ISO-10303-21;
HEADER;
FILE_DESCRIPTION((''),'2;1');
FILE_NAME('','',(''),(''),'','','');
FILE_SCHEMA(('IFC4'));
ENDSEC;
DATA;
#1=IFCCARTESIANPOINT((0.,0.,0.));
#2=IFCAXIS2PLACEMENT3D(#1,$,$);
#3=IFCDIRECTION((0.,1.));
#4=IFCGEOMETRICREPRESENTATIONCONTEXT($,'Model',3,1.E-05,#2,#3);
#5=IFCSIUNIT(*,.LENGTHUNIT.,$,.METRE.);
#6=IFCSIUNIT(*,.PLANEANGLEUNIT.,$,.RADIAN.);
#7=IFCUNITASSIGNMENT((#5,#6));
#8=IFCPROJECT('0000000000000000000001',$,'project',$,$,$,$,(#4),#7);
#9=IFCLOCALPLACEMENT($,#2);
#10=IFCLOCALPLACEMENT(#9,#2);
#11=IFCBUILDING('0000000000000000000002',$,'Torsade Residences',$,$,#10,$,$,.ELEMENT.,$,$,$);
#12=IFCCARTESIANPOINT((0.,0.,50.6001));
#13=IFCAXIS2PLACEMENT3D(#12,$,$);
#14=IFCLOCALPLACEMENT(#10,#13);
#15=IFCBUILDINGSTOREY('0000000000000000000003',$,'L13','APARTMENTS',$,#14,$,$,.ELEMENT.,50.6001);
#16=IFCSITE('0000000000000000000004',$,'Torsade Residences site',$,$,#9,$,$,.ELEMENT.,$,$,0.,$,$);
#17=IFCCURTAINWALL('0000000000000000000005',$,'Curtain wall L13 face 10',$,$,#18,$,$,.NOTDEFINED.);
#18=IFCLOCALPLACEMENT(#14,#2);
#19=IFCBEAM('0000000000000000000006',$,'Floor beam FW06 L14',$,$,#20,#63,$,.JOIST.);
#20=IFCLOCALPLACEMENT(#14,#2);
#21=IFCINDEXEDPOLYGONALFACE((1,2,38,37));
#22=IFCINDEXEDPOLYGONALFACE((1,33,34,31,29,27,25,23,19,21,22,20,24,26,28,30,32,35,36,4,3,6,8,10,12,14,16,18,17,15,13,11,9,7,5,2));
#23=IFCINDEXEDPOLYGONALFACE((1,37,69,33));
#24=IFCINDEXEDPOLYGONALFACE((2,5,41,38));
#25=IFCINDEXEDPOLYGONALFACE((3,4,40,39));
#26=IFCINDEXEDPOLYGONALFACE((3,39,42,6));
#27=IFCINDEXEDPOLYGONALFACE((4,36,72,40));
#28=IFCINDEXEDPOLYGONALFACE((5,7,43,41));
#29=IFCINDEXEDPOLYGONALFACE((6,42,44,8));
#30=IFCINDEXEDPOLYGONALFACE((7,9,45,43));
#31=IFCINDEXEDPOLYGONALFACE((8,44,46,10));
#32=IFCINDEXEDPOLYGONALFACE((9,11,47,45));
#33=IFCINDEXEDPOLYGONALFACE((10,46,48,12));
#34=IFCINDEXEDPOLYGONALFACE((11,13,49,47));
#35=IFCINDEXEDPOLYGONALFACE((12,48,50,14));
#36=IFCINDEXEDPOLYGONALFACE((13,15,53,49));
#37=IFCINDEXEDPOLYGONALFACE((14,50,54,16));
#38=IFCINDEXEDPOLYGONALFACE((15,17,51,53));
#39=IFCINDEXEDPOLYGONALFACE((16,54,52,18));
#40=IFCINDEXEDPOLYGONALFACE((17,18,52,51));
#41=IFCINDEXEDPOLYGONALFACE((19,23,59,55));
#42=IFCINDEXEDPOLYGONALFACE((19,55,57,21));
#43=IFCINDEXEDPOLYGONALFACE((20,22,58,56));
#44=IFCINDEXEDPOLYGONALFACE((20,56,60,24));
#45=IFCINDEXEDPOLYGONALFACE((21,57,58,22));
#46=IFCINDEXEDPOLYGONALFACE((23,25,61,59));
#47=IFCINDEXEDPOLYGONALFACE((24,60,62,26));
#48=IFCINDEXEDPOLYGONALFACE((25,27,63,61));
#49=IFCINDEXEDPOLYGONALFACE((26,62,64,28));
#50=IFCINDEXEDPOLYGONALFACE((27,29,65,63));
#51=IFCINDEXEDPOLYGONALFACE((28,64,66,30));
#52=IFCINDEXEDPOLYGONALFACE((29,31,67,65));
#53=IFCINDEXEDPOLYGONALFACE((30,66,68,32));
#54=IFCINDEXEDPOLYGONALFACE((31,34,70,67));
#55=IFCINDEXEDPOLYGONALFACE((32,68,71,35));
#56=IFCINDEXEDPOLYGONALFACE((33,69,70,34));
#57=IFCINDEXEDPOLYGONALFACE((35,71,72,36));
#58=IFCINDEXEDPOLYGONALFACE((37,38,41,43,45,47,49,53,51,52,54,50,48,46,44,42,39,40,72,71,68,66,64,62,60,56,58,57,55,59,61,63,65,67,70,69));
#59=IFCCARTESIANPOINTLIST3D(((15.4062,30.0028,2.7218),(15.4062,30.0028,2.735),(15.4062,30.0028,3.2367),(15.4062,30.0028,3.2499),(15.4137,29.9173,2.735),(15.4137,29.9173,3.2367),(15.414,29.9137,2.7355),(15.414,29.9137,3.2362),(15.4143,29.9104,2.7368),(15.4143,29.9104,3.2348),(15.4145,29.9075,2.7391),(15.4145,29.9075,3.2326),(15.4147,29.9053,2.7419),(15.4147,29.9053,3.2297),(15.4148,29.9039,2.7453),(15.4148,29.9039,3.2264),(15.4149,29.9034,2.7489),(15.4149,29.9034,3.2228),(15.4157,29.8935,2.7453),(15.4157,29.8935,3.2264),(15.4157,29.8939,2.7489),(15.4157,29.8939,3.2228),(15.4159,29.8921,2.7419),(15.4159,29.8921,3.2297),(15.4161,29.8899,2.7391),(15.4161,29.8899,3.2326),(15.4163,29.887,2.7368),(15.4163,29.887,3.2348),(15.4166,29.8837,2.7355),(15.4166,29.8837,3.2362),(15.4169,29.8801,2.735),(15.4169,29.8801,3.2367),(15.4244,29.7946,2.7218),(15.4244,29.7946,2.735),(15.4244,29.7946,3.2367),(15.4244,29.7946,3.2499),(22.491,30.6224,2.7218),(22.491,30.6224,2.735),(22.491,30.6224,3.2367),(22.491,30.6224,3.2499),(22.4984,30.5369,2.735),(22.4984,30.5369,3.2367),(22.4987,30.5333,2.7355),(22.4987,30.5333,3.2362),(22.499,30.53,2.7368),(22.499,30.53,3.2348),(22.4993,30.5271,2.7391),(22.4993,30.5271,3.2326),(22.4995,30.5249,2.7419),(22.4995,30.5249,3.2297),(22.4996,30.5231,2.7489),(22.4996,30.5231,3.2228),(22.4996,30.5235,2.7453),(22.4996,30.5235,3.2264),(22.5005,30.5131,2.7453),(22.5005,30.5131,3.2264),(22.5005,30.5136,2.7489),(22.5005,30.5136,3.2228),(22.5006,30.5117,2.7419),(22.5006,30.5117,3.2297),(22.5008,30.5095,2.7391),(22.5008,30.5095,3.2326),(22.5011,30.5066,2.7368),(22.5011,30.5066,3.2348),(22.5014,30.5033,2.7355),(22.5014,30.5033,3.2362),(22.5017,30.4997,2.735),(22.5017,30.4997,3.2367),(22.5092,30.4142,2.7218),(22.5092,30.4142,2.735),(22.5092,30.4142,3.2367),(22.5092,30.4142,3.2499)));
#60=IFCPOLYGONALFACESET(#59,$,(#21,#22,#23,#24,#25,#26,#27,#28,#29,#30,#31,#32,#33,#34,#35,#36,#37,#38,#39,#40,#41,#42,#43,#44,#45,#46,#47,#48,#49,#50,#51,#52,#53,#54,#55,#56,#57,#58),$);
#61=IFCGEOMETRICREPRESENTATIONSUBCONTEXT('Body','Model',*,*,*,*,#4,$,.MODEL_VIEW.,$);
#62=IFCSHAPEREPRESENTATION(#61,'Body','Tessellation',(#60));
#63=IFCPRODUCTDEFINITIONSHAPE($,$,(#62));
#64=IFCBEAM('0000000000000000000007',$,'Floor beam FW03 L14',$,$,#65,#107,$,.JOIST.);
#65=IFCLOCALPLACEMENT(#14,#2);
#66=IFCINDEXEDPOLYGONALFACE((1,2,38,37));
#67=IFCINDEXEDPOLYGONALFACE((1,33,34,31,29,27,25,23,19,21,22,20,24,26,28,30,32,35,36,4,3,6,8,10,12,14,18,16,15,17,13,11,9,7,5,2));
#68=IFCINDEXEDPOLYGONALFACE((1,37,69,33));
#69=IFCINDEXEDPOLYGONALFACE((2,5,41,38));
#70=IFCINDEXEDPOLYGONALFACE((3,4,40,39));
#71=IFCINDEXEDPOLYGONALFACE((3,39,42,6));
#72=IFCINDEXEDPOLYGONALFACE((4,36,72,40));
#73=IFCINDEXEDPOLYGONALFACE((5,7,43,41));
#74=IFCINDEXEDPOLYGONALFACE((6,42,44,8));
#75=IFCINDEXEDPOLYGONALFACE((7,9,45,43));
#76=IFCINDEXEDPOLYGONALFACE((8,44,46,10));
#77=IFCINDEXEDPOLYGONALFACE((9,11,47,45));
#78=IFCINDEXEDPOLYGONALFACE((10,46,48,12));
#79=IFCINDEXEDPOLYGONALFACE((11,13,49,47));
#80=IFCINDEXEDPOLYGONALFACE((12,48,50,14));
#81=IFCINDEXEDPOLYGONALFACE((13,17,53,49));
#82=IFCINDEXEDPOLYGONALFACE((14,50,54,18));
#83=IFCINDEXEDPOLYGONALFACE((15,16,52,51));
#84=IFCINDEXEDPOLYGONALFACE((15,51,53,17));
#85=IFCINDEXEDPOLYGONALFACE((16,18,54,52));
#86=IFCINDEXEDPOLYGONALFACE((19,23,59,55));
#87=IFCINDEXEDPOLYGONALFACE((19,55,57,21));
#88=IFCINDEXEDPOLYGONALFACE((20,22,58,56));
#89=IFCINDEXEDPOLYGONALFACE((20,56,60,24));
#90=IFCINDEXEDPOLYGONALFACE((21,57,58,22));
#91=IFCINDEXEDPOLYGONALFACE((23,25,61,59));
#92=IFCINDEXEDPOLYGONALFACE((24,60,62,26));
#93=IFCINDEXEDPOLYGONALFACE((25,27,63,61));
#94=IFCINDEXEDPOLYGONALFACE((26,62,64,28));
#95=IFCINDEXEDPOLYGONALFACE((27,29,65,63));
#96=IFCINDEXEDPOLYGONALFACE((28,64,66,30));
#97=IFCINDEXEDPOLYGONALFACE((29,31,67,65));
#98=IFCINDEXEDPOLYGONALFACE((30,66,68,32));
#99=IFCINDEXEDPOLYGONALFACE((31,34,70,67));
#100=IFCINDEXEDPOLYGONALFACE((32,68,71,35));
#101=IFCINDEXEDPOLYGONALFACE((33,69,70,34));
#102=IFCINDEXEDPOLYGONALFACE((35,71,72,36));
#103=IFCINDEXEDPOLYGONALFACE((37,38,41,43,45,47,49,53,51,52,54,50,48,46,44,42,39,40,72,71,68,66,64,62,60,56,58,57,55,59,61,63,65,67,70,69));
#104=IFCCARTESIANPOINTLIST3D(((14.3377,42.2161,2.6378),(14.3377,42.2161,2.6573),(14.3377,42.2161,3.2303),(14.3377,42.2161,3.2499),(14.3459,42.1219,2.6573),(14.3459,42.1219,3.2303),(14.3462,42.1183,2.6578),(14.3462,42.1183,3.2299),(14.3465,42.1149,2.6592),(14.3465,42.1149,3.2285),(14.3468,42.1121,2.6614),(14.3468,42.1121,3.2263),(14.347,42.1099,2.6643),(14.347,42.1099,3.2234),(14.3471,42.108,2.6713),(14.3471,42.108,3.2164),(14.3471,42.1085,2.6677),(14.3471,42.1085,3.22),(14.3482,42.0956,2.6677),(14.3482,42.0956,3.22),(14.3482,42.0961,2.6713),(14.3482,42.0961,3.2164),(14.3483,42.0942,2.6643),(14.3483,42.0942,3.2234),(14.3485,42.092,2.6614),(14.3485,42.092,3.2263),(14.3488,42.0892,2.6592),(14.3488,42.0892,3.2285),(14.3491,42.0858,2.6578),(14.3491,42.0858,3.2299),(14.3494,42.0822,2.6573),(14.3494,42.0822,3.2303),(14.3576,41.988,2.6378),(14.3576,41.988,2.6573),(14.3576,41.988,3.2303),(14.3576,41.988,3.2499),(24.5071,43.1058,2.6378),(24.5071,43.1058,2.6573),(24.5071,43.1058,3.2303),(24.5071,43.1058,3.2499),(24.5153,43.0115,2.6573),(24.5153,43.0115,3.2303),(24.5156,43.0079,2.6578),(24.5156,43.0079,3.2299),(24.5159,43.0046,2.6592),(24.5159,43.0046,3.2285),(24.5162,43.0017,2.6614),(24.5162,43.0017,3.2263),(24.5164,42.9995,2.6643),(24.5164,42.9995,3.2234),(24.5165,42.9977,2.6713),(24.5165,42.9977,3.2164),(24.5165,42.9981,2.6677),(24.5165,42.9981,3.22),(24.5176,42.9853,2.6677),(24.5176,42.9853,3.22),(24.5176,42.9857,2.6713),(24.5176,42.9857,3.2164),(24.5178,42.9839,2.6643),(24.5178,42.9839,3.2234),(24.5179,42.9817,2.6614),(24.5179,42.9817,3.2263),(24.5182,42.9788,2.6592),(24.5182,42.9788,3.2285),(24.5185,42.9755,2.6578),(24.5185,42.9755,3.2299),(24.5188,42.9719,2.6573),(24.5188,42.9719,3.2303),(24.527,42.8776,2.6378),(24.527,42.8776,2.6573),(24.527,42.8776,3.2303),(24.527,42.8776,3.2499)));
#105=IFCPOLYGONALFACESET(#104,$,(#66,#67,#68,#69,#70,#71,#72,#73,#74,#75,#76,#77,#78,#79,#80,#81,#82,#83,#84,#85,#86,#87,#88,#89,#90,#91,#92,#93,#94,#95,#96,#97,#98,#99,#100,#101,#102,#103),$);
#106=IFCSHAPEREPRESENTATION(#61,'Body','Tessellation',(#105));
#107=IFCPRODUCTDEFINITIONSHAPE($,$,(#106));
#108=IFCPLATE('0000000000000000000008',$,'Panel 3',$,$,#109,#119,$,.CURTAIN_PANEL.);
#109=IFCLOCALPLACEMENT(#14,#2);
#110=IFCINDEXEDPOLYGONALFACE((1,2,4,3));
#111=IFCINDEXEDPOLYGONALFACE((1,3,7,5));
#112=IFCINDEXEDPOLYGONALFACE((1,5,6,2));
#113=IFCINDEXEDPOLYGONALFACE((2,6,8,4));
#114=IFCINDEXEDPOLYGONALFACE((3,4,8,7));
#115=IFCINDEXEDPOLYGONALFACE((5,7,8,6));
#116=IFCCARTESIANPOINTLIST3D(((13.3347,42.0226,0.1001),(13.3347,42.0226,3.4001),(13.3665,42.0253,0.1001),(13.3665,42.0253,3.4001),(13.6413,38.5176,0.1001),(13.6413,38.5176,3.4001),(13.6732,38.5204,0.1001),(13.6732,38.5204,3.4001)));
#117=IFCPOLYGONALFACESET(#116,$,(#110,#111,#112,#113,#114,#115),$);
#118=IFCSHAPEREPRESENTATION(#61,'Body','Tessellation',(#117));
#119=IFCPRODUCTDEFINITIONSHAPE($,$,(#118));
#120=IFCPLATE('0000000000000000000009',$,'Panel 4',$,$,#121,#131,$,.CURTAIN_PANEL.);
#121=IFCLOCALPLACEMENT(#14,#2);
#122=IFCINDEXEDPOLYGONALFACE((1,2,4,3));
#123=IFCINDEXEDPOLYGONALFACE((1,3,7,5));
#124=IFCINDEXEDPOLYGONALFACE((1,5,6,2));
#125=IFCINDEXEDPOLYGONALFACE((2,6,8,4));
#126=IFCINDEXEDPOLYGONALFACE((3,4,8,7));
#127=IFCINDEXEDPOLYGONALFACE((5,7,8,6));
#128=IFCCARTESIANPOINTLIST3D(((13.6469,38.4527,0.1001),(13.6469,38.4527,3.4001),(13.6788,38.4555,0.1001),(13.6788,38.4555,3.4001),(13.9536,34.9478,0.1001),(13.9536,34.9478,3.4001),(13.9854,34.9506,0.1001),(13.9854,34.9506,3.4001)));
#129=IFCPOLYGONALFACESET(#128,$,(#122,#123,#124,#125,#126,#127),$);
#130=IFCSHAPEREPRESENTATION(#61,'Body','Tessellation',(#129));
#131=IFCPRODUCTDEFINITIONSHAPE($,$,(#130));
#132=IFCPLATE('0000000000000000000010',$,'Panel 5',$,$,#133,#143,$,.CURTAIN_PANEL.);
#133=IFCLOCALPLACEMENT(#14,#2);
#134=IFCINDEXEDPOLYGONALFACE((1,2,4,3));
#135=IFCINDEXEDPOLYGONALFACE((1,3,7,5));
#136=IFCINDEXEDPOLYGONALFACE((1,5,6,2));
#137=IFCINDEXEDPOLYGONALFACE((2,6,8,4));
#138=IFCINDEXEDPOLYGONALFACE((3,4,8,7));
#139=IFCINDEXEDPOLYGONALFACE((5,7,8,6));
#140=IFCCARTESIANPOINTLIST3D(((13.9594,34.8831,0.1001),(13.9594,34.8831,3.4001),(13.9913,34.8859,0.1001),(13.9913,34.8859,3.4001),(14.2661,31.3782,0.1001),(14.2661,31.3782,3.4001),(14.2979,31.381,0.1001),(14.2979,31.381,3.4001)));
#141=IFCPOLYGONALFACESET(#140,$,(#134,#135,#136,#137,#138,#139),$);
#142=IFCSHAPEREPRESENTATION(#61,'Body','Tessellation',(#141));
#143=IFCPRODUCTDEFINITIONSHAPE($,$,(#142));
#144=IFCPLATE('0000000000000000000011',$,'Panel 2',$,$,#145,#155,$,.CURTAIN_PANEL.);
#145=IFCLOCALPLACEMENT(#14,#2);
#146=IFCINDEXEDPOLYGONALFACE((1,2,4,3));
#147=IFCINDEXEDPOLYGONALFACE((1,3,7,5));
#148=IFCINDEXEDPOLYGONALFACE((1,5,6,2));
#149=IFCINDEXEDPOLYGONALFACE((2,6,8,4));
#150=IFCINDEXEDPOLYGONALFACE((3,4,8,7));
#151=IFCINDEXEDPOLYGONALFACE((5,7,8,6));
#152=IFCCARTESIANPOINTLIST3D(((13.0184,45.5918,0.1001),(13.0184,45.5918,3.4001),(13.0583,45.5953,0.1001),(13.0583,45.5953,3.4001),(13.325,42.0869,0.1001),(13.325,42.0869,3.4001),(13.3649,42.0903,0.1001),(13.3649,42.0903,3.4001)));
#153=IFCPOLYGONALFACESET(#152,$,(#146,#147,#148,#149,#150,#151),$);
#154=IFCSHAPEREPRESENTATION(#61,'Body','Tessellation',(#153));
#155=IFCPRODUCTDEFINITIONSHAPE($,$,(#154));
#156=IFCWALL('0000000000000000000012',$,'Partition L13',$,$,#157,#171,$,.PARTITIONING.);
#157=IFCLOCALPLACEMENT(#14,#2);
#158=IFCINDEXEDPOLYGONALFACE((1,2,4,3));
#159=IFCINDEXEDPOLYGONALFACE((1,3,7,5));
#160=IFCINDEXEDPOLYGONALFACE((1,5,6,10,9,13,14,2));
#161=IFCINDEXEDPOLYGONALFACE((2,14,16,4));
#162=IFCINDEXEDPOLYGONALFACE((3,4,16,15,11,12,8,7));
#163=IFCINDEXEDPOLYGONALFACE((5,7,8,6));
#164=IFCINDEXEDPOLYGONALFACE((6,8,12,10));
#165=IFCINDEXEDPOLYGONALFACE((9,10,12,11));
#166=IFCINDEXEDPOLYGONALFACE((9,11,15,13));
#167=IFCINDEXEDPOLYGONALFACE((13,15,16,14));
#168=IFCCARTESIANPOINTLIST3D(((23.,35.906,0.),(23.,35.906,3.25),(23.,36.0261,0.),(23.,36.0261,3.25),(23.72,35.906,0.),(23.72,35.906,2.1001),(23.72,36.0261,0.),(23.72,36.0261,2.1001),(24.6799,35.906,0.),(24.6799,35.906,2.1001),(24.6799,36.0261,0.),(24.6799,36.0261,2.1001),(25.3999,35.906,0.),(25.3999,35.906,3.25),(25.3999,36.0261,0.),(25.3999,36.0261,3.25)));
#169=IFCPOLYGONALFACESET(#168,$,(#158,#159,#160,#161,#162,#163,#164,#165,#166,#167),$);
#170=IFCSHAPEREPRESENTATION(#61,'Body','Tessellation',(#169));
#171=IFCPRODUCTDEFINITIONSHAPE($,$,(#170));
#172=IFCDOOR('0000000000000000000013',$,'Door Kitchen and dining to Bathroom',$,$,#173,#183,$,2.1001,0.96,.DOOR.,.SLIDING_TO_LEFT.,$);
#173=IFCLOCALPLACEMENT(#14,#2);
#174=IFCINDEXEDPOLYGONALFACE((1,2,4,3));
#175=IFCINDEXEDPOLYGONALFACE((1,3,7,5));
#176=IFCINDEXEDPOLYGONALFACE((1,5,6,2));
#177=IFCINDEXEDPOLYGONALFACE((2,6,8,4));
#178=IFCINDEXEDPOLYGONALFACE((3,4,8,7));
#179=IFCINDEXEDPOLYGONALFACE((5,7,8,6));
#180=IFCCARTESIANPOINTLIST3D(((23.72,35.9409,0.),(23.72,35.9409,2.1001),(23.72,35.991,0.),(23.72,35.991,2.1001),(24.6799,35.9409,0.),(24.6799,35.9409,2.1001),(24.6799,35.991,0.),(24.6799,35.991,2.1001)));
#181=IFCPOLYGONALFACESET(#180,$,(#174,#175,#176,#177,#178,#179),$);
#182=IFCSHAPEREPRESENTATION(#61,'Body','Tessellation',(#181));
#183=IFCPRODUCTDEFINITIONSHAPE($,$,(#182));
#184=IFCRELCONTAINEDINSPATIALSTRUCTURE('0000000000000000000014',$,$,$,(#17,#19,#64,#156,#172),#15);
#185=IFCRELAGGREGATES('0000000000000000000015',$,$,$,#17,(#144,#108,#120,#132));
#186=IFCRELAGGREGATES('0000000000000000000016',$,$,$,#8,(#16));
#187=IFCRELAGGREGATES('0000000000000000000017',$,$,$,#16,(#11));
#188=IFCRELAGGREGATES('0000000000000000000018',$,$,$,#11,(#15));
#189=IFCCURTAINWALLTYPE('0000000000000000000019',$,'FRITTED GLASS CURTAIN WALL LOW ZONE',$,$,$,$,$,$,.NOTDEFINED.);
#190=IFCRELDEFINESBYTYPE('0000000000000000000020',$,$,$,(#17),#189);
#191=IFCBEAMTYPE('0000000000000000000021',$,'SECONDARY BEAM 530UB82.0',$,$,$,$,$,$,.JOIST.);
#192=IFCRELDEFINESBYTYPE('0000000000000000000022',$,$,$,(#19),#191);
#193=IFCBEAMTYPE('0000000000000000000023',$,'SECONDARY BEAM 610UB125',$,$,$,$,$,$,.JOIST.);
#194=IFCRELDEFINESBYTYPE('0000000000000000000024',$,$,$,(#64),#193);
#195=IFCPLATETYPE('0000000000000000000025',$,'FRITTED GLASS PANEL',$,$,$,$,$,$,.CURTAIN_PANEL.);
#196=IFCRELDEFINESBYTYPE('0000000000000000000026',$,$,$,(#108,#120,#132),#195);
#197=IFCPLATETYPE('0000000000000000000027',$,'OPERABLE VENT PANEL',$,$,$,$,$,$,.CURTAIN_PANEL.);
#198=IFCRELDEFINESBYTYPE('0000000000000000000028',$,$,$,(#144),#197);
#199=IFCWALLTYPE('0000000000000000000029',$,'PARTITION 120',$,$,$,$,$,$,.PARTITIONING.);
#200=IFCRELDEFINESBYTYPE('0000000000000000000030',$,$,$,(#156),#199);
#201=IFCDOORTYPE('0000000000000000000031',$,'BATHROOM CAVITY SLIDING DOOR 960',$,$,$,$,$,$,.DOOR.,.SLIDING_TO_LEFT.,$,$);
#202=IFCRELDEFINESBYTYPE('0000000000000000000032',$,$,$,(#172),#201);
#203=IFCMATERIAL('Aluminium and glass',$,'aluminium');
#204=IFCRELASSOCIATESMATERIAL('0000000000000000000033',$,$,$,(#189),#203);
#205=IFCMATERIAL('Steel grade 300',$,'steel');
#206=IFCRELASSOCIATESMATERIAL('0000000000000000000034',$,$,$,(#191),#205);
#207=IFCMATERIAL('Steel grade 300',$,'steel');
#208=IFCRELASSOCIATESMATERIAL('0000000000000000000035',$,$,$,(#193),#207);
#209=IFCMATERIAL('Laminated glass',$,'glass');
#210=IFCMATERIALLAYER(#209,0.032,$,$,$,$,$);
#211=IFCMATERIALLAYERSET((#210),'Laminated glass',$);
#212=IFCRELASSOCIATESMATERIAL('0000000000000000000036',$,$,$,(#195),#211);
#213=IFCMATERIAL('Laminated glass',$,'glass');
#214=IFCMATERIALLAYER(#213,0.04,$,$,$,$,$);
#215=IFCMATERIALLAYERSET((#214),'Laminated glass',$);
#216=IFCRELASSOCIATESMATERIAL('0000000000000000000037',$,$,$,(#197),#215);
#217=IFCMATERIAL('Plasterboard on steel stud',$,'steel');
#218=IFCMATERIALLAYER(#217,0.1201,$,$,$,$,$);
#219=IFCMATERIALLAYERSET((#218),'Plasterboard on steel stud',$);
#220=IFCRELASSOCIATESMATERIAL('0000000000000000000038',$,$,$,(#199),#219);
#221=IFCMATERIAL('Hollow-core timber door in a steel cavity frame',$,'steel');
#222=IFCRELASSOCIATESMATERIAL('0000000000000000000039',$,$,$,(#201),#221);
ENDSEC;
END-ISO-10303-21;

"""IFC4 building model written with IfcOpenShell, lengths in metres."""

from ifc_helpers import new_model, si_unit, direction, frame, frame_2d, origin, origin_2d, place, context, subcontext, project, spatial, rectangle, i_section, extrude, material, layer, layer_set, material_profile, profile_set, type_object, element, fill, aggregate, save


model = new_model("IFC4")

# Units and contexts
model_context = context("Model", 3, precision=1e-05, world=origin(), true_north=direction((0.0, 1.0)))
body_context = subcontext(model_context, "Body", "Model", "MODEL_VIEW")
ifc_project = project(units=[si_unit("LENGTHUNIT", "METRE"), si_unit("PLANEANGLEUNIT", "RADIAN")], contexts=[model_context])

# Site, building, storey
site_placement = place(None, origin())
site = spatial("IfcSite", under=ifc_project, at=site_placement, Name="Torsade Residences site", CompositionType="ELEMENT", RefElevation=0.0)
building_placement = place(site_placement, origin())
building = spatial("IfcBuilding", under=site, at=building_placement, Name="Torsade Residences", CompositionType="ELEMENT")
storey_placement = place(building_placement, frame((0.0, 0.0, 50.6001)))
storey = spatial("IfcBuildingStorey", under=building, at=storey_placement, Name="L13", Description="APARTMENTS", CompositionType="ELEMENT", Elevation=50.6001)

# Curtain wall
ifc_material_1 = material(Name="Aluminium and glass", Category="aluminium")
curtain_wall_type = type_object("IfcCurtainWallType", Name="FRITTED GLASS CURTAIN WALL LOW ZONE", PredefinedType="NOTDEFINED", material=ifc_material_1)
curtain_wall_placement = place(storey_placement, origin())
curtain_wall = element("IfcCurtainWall", 1, at=curtain_wall_placement, inside=storey, type_object=curtain_wall_type, Name="Curtain wall L13 face 10", PredefinedType="NOTDEFINED")

# Beams
ifc_material_2 = material(Name="Steel grade 300", Category="steel")
ifc_material_profile_1 = material_profile(ifc_material_2, i_section(OverallWidth=0.209, OverallDepth=0.5281, WebThickness=0.0095, FlangeThickness=0.0132, FilletRadius=0.0139, at=origin_2d()), Name="530UB82.0")
ifc_profile_set_1 = profile_set([ifc_material_profile_1], Name="Steel grade 300")
beam_type_1 = type_object("IfcBeamType", Name="SECONDARY BEAM 530UB82.0", PredefinedType="JOIST", material=ifc_profile_set_1)
beam_1_placement = place(storey_placement, frame((15.4153, 29.8987, 2.9858), z_axis=(0.996197, 0.087127, 0.0), x_axis=(-0.087127, 0.996197, 0.0)))
element("IfcBeam", 2, at=beam_1_placement, inside=storey, type_object=beam_type_1, Name="Floor beam FW06 L14", PredefinedType="JOIST", context=body_context, shape_type="SweptSolid", body=[
    extrude(i_section(OverallWidth=0.209, OverallDepth=0.5281, WebThickness=0.0095, FlangeThickness=0.0132, FilletRadius=0.0139, at=origin_2d()), origin(), (0.0, 0.0, 1.0), 7.1118),
])
ifc_material_3 = material(Name="Steel grade 300", Category="steel")
ifc_material_profile_2 = material_profile(ifc_material_3, i_section(OverallWidth=0.229, OverallDepth=0.6121, WebThickness=0.012, FlangeThickness=0.0195, FilletRadius=0.0139, at=origin_2d()), Name="610UB125")
ifc_profile_set_2 = profile_set([ifc_material_profile_2], Name="Steel grade 300")
beam_type_2 = type_object("IfcBeamType", Name="SECONDARY BEAM 610UB125", PredefinedType="JOIST", material=ifc_profile_set_2)
beam_2_placement = place(storey_placement, frame((14.3477, 42.1021, 2.9438), z_axis=(0.996195, 0.08715, 0.0), x_axis=(-0.08715, 0.996195, 0.0)))
element("IfcBeam", 3, at=beam_2_placement, inside=storey, type_object=beam_type_2, Name="Floor beam FW03 L14", PredefinedType="JOIST", context=body_context, shape_type="SweptSolid", body=[
    extrude(i_section(OverallWidth=0.229, OverallDepth=0.6121, WebThickness=0.012, FlangeThickness=0.0195, FilletRadius=0.0139, at=origin_2d()), origin(), (0.0, 0.0, 1.0), 10.2083),
])

# Plates
ifc_material_4 = material(Name="Laminated glass", Category="glass")
ifc_layer_1 = layer(ifc_material_4, 0.032)
ifc_layer_set_1 = layer_set([ifc_layer_1], Name="Laminated glass")
plate_type_1 = type_object("IfcPlateType", Name="FRITTED GLASS PANEL", PredefinedType="CURTAIN_PANEL", material=ifc_layer_set_1)
plate_1_placement = place(storey_placement, frame((13.5039, 40.2715, 0.1001), z_axis=(0.0, 0.0, 1.0), x_axis=(0.087156, -0.996195, 0.0)))
plate_1 = element("IfcPlate", 4, at=plate_1_placement, type_object=plate_type_1, Name="Panel 3", PredefinedType="CURTAIN_PANEL", context=body_context, shape_type="SweptSolid", body=[
    extrude(rectangle(XDim=3.5183, YDim=0.032, at=origin_2d()), origin(), (0.0, 0.0, 1.0), 3.3),
])
plate_2_placement = place(storey_placement, frame((13.8162, 36.7017, 0.1001), z_axis=(0.0, 0.0, 1.0), x_axis=(0.087156, -0.996195, 0.0)))
plate_2 = element("IfcPlate", 5, at=plate_2_placement, type_object=plate_type_1, Name="Panel 4", PredefinedType="CURTAIN_PANEL", context=body_context, shape_type="SweptSolid", body=[
    extrude(rectangle(XDim=3.5183, YDim=0.032, at=origin_2d()), origin(), (0.0, 0.0, 1.0), 3.3),
])
plate_3_placement = place(storey_placement, frame((14.1287, 33.1321, 0.1001), z_axis=(0.0, 0.0, 1.0), x_axis=(0.087156, -0.996195, 0.0)))
plate_3 = element("IfcPlate", 6, at=plate_3_placement, type_object=plate_type_1, Name="Panel 5", PredefinedType="CURTAIN_PANEL", context=body_context, shape_type="SweptSolid", body=[
    extrude(rectangle(XDim=3.5183, YDim=0.032, at=origin_2d()), origin(), (0.0, 0.0, 1.0), 3.3),
])
ifc_material_5 = material(Name="Laminated glass", Category="glass")
ifc_layer_2 = layer(ifc_material_5, 0.04)
ifc_layer_set_2 = layer_set([ifc_layer_2], Name="Laminated glass")
plate_type_2 = type_object("IfcPlateType", Name="OPERABLE VENT PANEL", PredefinedType="CURTAIN_PANEL", material=ifc_layer_set_2)
plate_4_placement = place(storey_placement, frame((13.1917, 43.8411, 0.1001), z_axis=(0.0, 0.0, 1.0), x_axis=(0.087156, -0.996195, 0.0)))
plate_4 = element("IfcPlate", 7, at=plate_4_placement, type_object=plate_type_2, Name="Panel 2", PredefinedType="CURTAIN_PANEL", context=body_context, shape_type="SweptSolid", body=[
    extrude(rectangle(XDim=3.5183, YDim=0.04, at=origin_2d()), origin(), (0.0, 0.0, 1.0), 3.3),
])
aggregate(curtain_wall, [plate_4, plate_1, plate_2, plate_3])

# Wall, opening, door
ifc_material_6 = material(Name="Plasterboard on steel stud", Category="steel")
ifc_layer_3 = layer(ifc_material_6, 0.1201)
ifc_layer_set_3 = layer_set([ifc_layer_3], Name="Plasterboard on steel stud")
wall_type_1 = type_object("IfcWallType", Name="PARTITION 120", PredefinedType="PARTITIONING", material=ifc_layer_set_3)
wall_1_placement = place(storey_placement, frame((23.0, 35.9661, 0.0), z_axis=(0.0, 0.0, 1.0), x_axis=(1.0, 0.0, 0.0)))
wall_1 = element("IfcWall", 8, at=wall_1_placement, inside=storey, type_object=wall_type_1, Name="Partition L13", PredefinedType="PARTITIONING", context=body_context, shape_type="SweptSolid", body=[
    extrude(rectangle(XDim=2.3999, YDim=0.1201, at=frame_2d((1.2, 0.0))), origin(), (0.0, 0.0, 1.0), 3.25),
])
opening_placement = place(wall_1_placement, frame((0.72, 0.0, 0.0)))
opening = element("IfcOpeningElement", 9, at=opening_placement, cuts=wall_1, PredefinedType="OPENING", context=body_context, shape_type="SweptSolid", body=[
    extrude(rectangle(XDim=0.96, YDim=2.1001, at=frame_2d((0.48, 1.05))), frame((0.0, 0.0701, 0.0), z_axis=(0.0, -1.0, 0.0), x_axis=(1.0, 0.0, 0.0)), (0.0, 0.0, 1.0), 0.1401),
])
ifc_material_7 = material(Name="Hollow-core timber door in a steel cavity frame", Category="steel")
door_type = type_object("IfcDoorType", Name="BATHROOM CAVITY SLIDING DOOR 960", OperationType="SLIDING_TO_LEFT", PredefinedType="DOOR", material=ifc_material_7)
door_placement = place(opening_placement, origin())
door = element("IfcDoor", 10, at=door_placement, inside=storey, type_object=door_type, Name="Door Kitchen and dining to Bathroom", OperationType="SLIDING_TO_LEFT", OverallHeight=2.1001, OverallWidth=0.96, PredefinedType="DOOR", context=body_context, shape_type="SweptSolid", body=[
    extrude(rectangle(XDim=0.96, YDim=2.1001, at=frame_2d((0.48, 1.05))), frame((0.0, 0.0249, 0.0), z_axis=(0.0, -1.0, 0.0), x_axis=(1.0, 0.0, 0.0)), (0.0, 0.0, 1.0), 0.05),
])
fill(opening, door)

save(model, "model.ifc")
